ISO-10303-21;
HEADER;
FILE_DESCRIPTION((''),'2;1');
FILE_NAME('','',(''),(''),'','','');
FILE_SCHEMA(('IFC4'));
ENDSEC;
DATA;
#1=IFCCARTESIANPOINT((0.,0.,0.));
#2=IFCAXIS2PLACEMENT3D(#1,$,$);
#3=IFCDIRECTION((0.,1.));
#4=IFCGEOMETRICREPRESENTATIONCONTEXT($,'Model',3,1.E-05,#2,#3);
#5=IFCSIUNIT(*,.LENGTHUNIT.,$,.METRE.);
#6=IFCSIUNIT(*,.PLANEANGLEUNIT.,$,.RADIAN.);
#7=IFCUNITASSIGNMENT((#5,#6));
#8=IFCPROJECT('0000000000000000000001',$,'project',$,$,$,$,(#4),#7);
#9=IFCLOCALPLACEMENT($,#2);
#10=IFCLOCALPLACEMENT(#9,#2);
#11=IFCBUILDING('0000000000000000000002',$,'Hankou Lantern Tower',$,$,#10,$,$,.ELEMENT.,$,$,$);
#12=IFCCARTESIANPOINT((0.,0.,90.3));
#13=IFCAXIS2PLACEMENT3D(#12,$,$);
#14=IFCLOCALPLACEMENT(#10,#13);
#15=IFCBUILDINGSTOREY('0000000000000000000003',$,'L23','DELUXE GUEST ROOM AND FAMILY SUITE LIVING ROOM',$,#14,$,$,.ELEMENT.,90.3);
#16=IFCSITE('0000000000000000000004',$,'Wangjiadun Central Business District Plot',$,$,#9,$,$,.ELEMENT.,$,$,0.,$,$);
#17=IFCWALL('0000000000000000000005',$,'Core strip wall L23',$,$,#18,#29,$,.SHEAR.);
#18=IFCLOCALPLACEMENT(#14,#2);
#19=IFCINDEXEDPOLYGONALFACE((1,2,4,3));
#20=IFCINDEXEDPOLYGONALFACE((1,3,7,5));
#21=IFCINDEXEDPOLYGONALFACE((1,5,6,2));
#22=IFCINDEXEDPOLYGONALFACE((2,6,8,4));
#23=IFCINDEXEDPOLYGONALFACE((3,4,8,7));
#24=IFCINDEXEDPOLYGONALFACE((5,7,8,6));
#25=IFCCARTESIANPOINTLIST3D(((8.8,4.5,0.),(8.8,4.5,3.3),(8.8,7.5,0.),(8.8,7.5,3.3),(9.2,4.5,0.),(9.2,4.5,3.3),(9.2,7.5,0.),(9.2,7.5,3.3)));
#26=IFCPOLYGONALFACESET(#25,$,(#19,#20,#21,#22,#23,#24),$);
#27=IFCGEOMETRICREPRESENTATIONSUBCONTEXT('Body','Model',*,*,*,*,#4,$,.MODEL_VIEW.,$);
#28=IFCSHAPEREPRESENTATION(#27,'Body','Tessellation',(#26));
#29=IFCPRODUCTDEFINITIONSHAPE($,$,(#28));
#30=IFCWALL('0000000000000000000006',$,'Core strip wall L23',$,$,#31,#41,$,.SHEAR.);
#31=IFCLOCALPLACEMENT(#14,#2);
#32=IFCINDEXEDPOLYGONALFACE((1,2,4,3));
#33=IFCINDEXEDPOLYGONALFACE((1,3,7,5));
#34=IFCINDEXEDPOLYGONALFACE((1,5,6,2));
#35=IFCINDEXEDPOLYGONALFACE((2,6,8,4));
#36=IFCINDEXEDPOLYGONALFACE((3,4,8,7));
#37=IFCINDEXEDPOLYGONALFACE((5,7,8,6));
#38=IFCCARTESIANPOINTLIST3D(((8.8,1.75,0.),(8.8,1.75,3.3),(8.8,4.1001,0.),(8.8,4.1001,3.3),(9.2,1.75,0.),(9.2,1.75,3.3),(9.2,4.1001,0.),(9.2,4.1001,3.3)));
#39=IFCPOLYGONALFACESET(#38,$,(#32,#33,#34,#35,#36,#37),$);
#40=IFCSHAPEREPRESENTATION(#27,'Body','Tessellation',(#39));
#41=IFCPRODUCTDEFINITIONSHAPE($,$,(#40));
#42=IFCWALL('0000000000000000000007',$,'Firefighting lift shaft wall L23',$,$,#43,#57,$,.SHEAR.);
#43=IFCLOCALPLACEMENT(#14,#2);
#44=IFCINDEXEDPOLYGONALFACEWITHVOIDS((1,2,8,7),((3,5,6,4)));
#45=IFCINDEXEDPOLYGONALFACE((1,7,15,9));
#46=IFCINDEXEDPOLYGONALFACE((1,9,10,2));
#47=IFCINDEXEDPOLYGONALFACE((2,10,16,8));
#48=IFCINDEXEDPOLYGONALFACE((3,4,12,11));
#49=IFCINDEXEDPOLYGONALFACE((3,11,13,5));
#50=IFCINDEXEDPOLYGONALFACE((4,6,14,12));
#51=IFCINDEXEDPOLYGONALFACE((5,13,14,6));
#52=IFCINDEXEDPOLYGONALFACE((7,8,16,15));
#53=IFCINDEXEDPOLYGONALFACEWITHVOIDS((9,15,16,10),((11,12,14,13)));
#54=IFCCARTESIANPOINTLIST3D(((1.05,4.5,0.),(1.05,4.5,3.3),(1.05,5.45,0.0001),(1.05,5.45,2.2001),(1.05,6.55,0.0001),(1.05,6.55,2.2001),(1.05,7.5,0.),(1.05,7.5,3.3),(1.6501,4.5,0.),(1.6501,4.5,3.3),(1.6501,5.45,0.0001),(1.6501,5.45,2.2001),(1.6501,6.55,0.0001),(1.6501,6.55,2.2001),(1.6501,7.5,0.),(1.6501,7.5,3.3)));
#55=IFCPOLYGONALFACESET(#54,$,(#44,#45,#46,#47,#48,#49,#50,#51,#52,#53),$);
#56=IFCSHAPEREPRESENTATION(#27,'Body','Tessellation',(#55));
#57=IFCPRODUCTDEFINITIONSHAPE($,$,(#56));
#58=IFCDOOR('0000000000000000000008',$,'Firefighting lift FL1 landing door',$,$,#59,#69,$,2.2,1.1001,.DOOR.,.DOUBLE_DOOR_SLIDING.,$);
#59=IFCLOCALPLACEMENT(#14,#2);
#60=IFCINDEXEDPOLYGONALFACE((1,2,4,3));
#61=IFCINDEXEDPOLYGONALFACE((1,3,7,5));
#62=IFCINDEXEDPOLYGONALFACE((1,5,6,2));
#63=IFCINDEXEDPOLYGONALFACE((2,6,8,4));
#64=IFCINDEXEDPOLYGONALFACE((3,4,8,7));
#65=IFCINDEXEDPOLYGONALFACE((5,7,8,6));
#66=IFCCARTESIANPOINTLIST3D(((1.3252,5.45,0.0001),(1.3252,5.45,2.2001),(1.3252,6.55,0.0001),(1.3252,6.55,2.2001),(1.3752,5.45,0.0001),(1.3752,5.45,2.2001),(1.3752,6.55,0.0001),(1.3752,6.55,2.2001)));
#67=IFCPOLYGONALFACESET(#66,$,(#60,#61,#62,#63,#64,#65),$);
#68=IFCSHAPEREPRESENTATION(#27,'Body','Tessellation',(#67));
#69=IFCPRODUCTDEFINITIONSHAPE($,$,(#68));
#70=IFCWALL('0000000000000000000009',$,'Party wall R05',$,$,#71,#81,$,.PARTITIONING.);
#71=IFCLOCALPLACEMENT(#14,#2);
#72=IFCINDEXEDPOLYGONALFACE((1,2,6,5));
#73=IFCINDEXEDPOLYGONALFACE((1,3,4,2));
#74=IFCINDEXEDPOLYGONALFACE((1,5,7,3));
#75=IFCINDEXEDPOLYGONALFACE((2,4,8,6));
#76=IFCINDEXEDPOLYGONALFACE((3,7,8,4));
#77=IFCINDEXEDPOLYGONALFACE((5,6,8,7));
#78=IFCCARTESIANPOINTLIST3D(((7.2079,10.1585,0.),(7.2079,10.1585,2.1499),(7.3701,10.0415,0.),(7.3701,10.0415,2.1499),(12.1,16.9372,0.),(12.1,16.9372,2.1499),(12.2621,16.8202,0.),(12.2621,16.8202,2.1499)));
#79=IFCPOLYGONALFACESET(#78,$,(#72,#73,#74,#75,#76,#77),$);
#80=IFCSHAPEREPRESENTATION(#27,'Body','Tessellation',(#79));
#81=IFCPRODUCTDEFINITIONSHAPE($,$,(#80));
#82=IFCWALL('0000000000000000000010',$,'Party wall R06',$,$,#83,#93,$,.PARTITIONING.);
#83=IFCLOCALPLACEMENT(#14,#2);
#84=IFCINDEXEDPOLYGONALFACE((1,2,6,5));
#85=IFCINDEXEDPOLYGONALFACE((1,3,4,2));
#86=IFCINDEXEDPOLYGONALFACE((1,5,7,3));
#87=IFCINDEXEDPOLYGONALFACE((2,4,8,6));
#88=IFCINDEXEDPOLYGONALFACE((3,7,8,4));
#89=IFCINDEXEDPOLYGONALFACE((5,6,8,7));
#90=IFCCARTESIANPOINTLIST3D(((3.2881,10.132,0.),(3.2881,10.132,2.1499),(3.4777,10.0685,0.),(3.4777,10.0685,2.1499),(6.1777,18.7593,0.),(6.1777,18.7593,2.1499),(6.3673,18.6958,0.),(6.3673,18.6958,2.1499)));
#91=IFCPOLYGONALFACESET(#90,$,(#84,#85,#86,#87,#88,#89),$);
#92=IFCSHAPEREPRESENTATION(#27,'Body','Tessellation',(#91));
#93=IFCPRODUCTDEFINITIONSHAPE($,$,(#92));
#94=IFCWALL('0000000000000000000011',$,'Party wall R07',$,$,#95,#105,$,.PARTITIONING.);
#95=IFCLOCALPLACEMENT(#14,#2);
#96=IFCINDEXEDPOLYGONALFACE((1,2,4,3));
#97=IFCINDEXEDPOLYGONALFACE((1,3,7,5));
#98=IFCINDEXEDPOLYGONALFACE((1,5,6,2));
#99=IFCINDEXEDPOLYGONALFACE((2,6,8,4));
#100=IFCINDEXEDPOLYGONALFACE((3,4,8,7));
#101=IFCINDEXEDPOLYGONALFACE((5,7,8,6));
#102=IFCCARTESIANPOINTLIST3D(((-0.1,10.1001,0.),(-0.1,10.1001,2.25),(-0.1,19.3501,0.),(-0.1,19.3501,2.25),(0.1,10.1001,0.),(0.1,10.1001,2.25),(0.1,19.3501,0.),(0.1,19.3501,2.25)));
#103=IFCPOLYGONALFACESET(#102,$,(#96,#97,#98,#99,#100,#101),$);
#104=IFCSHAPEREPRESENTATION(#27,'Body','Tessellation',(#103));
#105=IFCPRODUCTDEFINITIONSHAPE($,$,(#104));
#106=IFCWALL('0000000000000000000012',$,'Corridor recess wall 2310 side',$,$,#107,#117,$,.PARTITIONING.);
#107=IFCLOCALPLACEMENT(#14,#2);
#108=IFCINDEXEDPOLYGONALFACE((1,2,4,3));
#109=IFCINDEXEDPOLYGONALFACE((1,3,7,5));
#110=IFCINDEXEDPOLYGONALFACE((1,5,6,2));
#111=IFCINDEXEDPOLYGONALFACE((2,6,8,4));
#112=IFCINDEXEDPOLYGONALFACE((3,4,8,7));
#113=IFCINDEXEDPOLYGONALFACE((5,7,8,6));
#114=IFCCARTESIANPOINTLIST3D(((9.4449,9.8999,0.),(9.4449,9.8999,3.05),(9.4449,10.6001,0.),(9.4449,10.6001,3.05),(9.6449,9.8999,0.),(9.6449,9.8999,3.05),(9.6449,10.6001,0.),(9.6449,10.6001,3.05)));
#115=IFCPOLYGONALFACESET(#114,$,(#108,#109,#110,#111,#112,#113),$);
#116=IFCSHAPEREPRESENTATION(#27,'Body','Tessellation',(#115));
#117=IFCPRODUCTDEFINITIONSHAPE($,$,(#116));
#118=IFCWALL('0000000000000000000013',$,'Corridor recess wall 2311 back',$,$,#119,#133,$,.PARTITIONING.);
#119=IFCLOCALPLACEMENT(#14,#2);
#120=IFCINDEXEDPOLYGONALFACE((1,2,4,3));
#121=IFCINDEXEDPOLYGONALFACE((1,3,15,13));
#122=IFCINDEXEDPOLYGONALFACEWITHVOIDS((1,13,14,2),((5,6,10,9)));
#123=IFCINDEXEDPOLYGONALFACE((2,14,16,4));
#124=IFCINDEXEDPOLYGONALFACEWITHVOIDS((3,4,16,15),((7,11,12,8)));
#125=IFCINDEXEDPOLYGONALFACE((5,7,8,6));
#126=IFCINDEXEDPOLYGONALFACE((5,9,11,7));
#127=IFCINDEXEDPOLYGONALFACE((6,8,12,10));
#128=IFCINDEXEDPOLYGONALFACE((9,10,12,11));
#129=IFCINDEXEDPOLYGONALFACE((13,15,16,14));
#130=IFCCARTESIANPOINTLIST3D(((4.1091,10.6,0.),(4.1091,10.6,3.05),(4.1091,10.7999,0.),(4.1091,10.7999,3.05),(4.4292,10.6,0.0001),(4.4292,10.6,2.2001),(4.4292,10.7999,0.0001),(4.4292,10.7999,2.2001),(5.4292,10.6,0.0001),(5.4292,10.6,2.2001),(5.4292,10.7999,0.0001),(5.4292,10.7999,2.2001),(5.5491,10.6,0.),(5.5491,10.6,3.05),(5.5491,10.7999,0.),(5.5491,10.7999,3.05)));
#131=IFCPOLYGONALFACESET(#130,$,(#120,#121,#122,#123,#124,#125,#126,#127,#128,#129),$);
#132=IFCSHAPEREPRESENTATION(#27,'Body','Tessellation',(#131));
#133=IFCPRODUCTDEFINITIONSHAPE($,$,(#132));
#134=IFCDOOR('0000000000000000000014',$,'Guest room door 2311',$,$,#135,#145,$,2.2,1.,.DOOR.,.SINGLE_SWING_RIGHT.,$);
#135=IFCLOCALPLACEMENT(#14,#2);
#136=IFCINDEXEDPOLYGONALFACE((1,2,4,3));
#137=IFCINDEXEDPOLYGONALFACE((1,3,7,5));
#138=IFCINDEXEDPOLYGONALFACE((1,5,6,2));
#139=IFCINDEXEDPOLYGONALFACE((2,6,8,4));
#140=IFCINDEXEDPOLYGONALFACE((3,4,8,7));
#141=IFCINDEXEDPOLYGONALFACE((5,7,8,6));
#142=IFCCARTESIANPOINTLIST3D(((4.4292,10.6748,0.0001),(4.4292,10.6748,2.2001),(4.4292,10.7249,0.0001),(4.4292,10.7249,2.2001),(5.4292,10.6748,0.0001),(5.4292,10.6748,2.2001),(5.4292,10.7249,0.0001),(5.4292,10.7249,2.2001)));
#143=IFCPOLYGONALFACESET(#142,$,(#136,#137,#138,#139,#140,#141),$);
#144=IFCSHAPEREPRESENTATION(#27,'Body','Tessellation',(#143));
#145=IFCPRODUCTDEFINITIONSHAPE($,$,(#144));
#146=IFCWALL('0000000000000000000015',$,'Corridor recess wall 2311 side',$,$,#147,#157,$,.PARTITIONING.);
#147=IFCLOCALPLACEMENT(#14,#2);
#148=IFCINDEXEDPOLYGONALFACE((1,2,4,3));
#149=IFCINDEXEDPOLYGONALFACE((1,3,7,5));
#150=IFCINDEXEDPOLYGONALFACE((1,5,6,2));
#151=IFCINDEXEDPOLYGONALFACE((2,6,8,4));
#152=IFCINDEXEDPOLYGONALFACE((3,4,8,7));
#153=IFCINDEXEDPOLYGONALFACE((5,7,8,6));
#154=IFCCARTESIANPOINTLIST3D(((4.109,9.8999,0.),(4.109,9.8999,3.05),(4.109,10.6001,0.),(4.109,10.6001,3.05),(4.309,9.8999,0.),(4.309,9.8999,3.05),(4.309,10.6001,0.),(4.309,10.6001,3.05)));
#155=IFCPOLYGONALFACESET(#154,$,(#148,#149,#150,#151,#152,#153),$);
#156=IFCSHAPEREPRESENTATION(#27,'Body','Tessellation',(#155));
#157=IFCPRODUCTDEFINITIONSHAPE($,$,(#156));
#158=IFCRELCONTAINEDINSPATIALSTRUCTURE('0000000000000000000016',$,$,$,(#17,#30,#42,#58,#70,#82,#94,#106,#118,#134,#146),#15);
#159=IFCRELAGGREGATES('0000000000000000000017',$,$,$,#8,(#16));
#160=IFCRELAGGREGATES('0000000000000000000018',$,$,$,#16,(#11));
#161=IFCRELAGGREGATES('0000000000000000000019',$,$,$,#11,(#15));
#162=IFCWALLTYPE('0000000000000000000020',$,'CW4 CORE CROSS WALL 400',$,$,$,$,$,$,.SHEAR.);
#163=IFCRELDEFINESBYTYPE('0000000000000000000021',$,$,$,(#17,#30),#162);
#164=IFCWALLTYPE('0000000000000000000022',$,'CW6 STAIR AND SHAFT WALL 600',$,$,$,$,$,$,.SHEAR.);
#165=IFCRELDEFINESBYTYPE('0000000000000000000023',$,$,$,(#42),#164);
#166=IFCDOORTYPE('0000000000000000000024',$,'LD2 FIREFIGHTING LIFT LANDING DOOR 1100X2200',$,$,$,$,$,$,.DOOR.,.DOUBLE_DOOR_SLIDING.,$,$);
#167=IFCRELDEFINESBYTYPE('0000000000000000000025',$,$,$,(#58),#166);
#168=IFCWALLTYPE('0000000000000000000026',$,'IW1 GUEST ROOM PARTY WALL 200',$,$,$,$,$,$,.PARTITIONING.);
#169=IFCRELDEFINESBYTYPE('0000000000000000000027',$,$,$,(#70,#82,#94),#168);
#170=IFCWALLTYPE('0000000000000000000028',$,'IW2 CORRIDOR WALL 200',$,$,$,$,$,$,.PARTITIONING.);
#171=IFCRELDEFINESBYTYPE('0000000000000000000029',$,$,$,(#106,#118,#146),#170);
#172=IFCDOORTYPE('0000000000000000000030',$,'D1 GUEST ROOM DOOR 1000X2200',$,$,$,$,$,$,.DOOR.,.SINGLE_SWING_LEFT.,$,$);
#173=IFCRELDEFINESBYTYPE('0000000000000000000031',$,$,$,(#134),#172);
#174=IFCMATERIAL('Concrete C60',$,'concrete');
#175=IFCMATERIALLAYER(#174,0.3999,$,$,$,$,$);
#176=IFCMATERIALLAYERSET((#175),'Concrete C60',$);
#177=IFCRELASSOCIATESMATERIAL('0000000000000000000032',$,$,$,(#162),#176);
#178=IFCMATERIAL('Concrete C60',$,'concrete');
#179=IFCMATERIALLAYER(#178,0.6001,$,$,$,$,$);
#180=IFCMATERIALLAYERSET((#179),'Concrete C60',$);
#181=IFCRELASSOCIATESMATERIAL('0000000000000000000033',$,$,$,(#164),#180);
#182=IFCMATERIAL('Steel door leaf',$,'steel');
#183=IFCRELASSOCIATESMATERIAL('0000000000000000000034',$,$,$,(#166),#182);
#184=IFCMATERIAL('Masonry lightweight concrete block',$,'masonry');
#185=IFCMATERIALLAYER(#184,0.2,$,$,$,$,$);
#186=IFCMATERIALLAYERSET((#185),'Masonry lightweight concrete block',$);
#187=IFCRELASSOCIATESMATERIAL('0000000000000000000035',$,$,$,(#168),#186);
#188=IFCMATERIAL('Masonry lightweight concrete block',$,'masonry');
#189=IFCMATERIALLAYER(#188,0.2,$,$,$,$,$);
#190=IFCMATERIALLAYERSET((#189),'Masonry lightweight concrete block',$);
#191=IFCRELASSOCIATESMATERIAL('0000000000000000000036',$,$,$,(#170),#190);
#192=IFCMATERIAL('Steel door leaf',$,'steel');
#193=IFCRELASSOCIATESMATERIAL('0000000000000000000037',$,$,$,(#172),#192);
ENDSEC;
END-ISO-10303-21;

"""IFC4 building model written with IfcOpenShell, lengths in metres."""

from ifc_helpers import new_model, si_unit, direction, frame, frame_2d, origin, place, context, subcontext, project, spatial, rectangle, extrude, material, layer, layer_set, type_object, element, fill, save


model = new_model("IFC4")

# Units and contexts
model_context = context("Model", 3, precision=1e-05, world=origin(), true_north=direction((0.0, 1.0)))
body_context = subcontext(model_context, "Body", "Model", "MODEL_VIEW")
ifc_project = project(units=[si_unit("LENGTHUNIT", "METRE"), si_unit("PLANEANGLEUNIT", "RADIAN")], contexts=[model_context])

# Site, building, storey
site_placement = place(None, origin())
site = spatial("IfcSite", under=ifc_project, at=site_placement, Name="Wangjiadun Central Business District Plot", CompositionType="ELEMENT", RefElevation=0.0)
building_placement = place(site_placement, origin())
building = spatial("IfcBuilding", under=site, at=building_placement, Name="Hankou Lantern Tower", CompositionType="ELEMENT")
storey_placement = place(building_placement, frame((0.0, 0.0, 90.3)))
storey = spatial("IfcBuildingStorey", under=building, at=storey_placement, Name="L23", Description="DELUXE GUEST ROOM AND FAMILY SUITE LIVING ROOM", CompositionType="ELEMENT", Elevation=90.3)

# Walls
ifc_material_1 = material(Name="Concrete C60", Category="concrete")
ifc_layer_1 = layer(ifc_material_1, 0.3999)
ifc_layer_set_1 = layer_set([ifc_layer_1], Name="Concrete C60")
wall_type_1 = type_object("IfcWallType", Name="CW4 CORE CROSS WALL 400", PredefinedType="SHEAR", material=ifc_layer_set_1)
wall_1_placement = place(storey_placement, frame((9.0, 4.5, 0.0), z_axis=(0.0, 0.0, 1.0), x_axis=(0.0, 1.0, 0.0)))
element("IfcWall", 1, at=wall_1_placement, inside=storey, type_object=wall_type_1, Name="Core strip wall L23", PredefinedType="SHEAR", context=body_context, shape_type="SweptSolid", body=[
    extrude(rectangle(XDim=3.0, YDim=0.3999, at=frame_2d((1.5, 0.0))), origin(), (0.0, 0.0, 1.0), 3.3),
])
wall_2_placement = place(storey_placement, frame((9.0, 1.75, 0.0), z_axis=(0.0, 0.0, 1.0), x_axis=(0.0, 1.0, 0.0)))
element("IfcWall", 2, at=wall_2_placement, inside=storey, type_object=wall_type_1, Name="Core strip wall L23", PredefinedType="SHEAR", context=body_context, shape_type="SweptSolid", body=[
    extrude(rectangle(XDim=2.3501, YDim=0.3999, at=frame_2d((1.175, 0.0))), origin(), (0.0, 0.0, 1.0), 3.3),
])

# Wall, opening, door
ifc_material_2 = material(Name="Concrete C60", Category="concrete")
ifc_layer_2 = layer(ifc_material_2, 0.6001)
ifc_layer_set_2 = layer_set([ifc_layer_2], Name="Concrete C60")
wall_type_2 = type_object("IfcWallType", Name="CW6 STAIR AND SHAFT WALL 600", PredefinedType="SHEAR", material=ifc_layer_set_2)
wall_3_placement = place(storey_placement, frame((1.3501, 4.5, 0.0), z_axis=(0.0, 0.0, 1.0), x_axis=(0.0, 1.0, 0.0)))
wall_3 = element("IfcWall", 3, at=wall_3_placement, inside=storey, type_object=wall_type_2, Name="Firefighting lift shaft wall L23", PredefinedType="SHEAR", context=body_context, shape_type="SweptSolid", body=[
    extrude(rectangle(XDim=3.0, YDim=0.6001, at=frame_2d((1.5, 0.0))), origin(), (0.0, 0.0, 1.0), 3.3),
])
opening_1_placement = place(wall_3_placement, frame((0.95, 0.0, 0.0)))
opening_1 = element("IfcOpeningElement", 4, at=opening_1_placement, cuts=wall_3, PredefinedType="OPENING", context=body_context, shape_type="SweptSolid", body=[
    extrude(rectangle(XDim=1.1001, YDim=2.2, at=frame_2d((0.55, 1.1001))), frame((0.0, 0.3101, 0.0), z_axis=(0.0, -1.0, 0.0), x_axis=(1.0, 0.0, 0.0)), (0.0, 0.0, 1.0), 0.6201),
])
ifc_material_3 = material(Name="Steel door leaf", Category="steel")
door_type_1 = type_object("IfcDoorType", Name="LD2 FIREFIGHTING LIFT LANDING DOOR 1100X2200", OperationType="DOUBLE_DOOR_SLIDING", PredefinedType="DOOR", material=ifc_material_3)
door_1_placement = place(opening_1_placement, origin())
door_1 = element("IfcDoor", 5, at=door_1_placement, inside=storey, type_object=door_type_1, Name="Firefighting lift FL1 landing door", OperationType="DOUBLE_DOOR_SLIDING", OverallHeight=2.2, OverallWidth=1.1001, PredefinedType="DOOR", context=body_context, shape_type="SweptSolid", body=[
    extrude(rectangle(XDim=1.1001, YDim=2.2, at=frame_2d((0.55, 1.1001))), frame((0.0, 0.0249, 0.0), z_axis=(0.0, -1.0, 0.0), x_axis=(1.0, 0.0, 0.0)), (0.0, 0.0, 1.0), 0.05),
])
fill(opening_1, door_1)

# Walls
ifc_material_4 = material(Name="Masonry lightweight concrete block", Category="masonry")
ifc_layer_3 = layer(ifc_material_4, 0.2)
ifc_layer_set_3 = layer_set([ifc_layer_3], Name="Masonry lightweight concrete block")
wall_type_3 = type_object("IfcWallType", Name="IW1 GUEST ROOM PARTY WALL 200", PredefinedType="PARTITIONING", material=ifc_layer_set_3)
wall_4_placement = place(storey_placement, frame((7.2891, 10.1001, 0.0), z_axis=(0.0, 0.0, 1.0), x_axis=(0.585198, 0.81089, 0.0)))
element("IfcWall", 6, at=wall_4_placement, inside=storey, type_object=wall_type_3, Name="Party wall R05", PredefinedType="PARTITIONING", context=body_context, shape_type="SweptSolid", body=[
    extrude(rectangle(XDim=8.3596, YDim=0.2, at=frame_2d((4.1797, 0.0))), origin(), (0.0, 0.0, 1.0), 2.1499),
])
wall_5_placement = place(storey_placement, frame((3.3828, 10.1001, 0.0), z_axis=(0.0, 0.0, 1.0), x_axis=(0.317596, 0.948226, 0.0)))
element("IfcWall", 7, at=wall_5_placement, inside=storey, type_object=wall_type_3, Name="Party wall R06", PredefinedType="PARTITIONING", context=body_context, shape_type="SweptSolid", body=[
    extrude(rectangle(XDim=9.0984, YDim=0.2, at=frame_2d((4.5493, 0.0))), origin(), (0.0, 0.0, 1.0), 2.1499),
])
wall_6_placement = place(storey_placement, frame((0.0, 10.1001, 0.0), z_axis=(0.0, 0.0, 1.0), x_axis=(0.0, 1.0, 0.0)))
element("IfcWall", 8, at=wall_6_placement, inside=storey, type_object=wall_type_3, Name="Party wall R07", PredefinedType="PARTITIONING", context=body_context, shape_type="SweptSolid", body=[
    extrude(rectangle(XDim=9.25, YDim=0.2, at=frame_2d((4.625, 0.0))), origin(), (0.0, 0.0, 1.0), 2.25),
])
ifc_material_5 = material(Name="Masonry lightweight concrete block", Category="masonry")
ifc_layer_4 = layer(ifc_material_5, 0.2)
ifc_layer_set_4 = layer_set([ifc_layer_4], Name="Masonry lightweight concrete block")
wall_type_4 = type_object("IfcWallType", Name="IW2 CORRIDOR WALL 200", PredefinedType="PARTITIONING", material=ifc_layer_set_4)
wall_7_placement = place(storey_placement, frame((9.5449, 9.8999, 0.0), z_axis=(0.0, 0.0, 1.0), x_axis=(0.0, 1.0, 0.0)))
element("IfcWall", 9, at=wall_7_placement, inside=storey, type_object=wall_type_4, Name="Corridor recess wall 2310 side", PredefinedType="PARTITIONING", context=body_context, shape_type="SweptSolid", body=[
    extrude(rectangle(XDim=0.7002, YDim=0.2, at=frame_2d((0.3501, 0.0))), origin(), (0.0, 0.0, 1.0), 3.05),
])

# Wall, opening, door
wall_8_placement = place(storey_placement, frame((4.1091, 10.7, 0.0), z_axis=(0.0, 0.0, 1.0), x_axis=(1.0, 0.0, 0.0)))
wall_8 = element("IfcWall", 10, at=wall_8_placement, inside=storey, type_object=wall_type_4, Name="Corridor recess wall 2311 back", PredefinedType="PARTITIONING", context=body_context, shape_type="SweptSolid", body=[
    extrude(rectangle(XDim=1.4399, YDim=0.2, at=frame_2d((0.72, 0.0))), origin(), (0.0, 0.0, 1.0), 3.05),
])
opening_2_placement = place(wall_8_placement, frame((0.3201, 0.0, 0.0)))
opening_2 = element("IfcOpeningElement", 11, at=opening_2_placement, cuts=wall_8, PredefinedType="OPENING", context=body_context, shape_type="SweptSolid", body=[
    extrude(rectangle(XDim=1.0, YDim=2.2, at=frame_2d((0.5, 1.1001))), frame((0.0, 0.1099, 0.0), z_axis=(0.0, -1.0, 0.0), x_axis=(1.0, 0.0, 0.0)), (0.0, 0.0, 1.0), 0.22),
])
ifc_material_6 = material(Name="Steel door leaf", Category="steel")
door_type_2 = type_object("IfcDoorType", Name="D1 GUEST ROOM DOOR 1000X2200", OperationType="SINGLE_SWING_LEFT", PredefinedType="DOOR", material=ifc_material_6)
door_2_placement = place(opening_2_placement, origin())
door_2 = element("IfcDoor", 12, at=door_2_placement, inside=storey, type_object=door_type_2, Name="Guest room door 2311", OperationType="SINGLE_SWING_RIGHT", OverallHeight=2.2, OverallWidth=1.0, PredefinedType="DOOR", context=body_context, shape_type="SweptSolid", body=[
    extrude(rectangle(XDim=1.0, YDim=2.2, at=frame_2d((0.5, 1.1001))), frame((0.0, 0.0249, 0.0), z_axis=(0.0, -1.0, 0.0), x_axis=(1.0, 0.0, 0.0)), (0.0, 0.0, 1.0), 0.05),
])
fill(opening_2, door_2)

# Wall
wall_9_placement = place(storey_placement, frame((4.209, 9.8999, 0.0), z_axis=(0.0, 0.0, 1.0), x_axis=(0.0, 1.0, 0.0)))
element("IfcWall", 13, at=wall_9_placement, inside=storey, type_object=wall_type_4, Name="Corridor recess wall 2311 side", PredefinedType="PARTITIONING", context=body_context, shape_type="SweptSolid", body=[
    extrude(rectangle(XDim=0.7002, YDim=0.2, at=frame_2d((0.3501, 0.0))), origin(), (0.0, 0.0, 1.0), 3.05),
])

save(model, "model.ifc")
